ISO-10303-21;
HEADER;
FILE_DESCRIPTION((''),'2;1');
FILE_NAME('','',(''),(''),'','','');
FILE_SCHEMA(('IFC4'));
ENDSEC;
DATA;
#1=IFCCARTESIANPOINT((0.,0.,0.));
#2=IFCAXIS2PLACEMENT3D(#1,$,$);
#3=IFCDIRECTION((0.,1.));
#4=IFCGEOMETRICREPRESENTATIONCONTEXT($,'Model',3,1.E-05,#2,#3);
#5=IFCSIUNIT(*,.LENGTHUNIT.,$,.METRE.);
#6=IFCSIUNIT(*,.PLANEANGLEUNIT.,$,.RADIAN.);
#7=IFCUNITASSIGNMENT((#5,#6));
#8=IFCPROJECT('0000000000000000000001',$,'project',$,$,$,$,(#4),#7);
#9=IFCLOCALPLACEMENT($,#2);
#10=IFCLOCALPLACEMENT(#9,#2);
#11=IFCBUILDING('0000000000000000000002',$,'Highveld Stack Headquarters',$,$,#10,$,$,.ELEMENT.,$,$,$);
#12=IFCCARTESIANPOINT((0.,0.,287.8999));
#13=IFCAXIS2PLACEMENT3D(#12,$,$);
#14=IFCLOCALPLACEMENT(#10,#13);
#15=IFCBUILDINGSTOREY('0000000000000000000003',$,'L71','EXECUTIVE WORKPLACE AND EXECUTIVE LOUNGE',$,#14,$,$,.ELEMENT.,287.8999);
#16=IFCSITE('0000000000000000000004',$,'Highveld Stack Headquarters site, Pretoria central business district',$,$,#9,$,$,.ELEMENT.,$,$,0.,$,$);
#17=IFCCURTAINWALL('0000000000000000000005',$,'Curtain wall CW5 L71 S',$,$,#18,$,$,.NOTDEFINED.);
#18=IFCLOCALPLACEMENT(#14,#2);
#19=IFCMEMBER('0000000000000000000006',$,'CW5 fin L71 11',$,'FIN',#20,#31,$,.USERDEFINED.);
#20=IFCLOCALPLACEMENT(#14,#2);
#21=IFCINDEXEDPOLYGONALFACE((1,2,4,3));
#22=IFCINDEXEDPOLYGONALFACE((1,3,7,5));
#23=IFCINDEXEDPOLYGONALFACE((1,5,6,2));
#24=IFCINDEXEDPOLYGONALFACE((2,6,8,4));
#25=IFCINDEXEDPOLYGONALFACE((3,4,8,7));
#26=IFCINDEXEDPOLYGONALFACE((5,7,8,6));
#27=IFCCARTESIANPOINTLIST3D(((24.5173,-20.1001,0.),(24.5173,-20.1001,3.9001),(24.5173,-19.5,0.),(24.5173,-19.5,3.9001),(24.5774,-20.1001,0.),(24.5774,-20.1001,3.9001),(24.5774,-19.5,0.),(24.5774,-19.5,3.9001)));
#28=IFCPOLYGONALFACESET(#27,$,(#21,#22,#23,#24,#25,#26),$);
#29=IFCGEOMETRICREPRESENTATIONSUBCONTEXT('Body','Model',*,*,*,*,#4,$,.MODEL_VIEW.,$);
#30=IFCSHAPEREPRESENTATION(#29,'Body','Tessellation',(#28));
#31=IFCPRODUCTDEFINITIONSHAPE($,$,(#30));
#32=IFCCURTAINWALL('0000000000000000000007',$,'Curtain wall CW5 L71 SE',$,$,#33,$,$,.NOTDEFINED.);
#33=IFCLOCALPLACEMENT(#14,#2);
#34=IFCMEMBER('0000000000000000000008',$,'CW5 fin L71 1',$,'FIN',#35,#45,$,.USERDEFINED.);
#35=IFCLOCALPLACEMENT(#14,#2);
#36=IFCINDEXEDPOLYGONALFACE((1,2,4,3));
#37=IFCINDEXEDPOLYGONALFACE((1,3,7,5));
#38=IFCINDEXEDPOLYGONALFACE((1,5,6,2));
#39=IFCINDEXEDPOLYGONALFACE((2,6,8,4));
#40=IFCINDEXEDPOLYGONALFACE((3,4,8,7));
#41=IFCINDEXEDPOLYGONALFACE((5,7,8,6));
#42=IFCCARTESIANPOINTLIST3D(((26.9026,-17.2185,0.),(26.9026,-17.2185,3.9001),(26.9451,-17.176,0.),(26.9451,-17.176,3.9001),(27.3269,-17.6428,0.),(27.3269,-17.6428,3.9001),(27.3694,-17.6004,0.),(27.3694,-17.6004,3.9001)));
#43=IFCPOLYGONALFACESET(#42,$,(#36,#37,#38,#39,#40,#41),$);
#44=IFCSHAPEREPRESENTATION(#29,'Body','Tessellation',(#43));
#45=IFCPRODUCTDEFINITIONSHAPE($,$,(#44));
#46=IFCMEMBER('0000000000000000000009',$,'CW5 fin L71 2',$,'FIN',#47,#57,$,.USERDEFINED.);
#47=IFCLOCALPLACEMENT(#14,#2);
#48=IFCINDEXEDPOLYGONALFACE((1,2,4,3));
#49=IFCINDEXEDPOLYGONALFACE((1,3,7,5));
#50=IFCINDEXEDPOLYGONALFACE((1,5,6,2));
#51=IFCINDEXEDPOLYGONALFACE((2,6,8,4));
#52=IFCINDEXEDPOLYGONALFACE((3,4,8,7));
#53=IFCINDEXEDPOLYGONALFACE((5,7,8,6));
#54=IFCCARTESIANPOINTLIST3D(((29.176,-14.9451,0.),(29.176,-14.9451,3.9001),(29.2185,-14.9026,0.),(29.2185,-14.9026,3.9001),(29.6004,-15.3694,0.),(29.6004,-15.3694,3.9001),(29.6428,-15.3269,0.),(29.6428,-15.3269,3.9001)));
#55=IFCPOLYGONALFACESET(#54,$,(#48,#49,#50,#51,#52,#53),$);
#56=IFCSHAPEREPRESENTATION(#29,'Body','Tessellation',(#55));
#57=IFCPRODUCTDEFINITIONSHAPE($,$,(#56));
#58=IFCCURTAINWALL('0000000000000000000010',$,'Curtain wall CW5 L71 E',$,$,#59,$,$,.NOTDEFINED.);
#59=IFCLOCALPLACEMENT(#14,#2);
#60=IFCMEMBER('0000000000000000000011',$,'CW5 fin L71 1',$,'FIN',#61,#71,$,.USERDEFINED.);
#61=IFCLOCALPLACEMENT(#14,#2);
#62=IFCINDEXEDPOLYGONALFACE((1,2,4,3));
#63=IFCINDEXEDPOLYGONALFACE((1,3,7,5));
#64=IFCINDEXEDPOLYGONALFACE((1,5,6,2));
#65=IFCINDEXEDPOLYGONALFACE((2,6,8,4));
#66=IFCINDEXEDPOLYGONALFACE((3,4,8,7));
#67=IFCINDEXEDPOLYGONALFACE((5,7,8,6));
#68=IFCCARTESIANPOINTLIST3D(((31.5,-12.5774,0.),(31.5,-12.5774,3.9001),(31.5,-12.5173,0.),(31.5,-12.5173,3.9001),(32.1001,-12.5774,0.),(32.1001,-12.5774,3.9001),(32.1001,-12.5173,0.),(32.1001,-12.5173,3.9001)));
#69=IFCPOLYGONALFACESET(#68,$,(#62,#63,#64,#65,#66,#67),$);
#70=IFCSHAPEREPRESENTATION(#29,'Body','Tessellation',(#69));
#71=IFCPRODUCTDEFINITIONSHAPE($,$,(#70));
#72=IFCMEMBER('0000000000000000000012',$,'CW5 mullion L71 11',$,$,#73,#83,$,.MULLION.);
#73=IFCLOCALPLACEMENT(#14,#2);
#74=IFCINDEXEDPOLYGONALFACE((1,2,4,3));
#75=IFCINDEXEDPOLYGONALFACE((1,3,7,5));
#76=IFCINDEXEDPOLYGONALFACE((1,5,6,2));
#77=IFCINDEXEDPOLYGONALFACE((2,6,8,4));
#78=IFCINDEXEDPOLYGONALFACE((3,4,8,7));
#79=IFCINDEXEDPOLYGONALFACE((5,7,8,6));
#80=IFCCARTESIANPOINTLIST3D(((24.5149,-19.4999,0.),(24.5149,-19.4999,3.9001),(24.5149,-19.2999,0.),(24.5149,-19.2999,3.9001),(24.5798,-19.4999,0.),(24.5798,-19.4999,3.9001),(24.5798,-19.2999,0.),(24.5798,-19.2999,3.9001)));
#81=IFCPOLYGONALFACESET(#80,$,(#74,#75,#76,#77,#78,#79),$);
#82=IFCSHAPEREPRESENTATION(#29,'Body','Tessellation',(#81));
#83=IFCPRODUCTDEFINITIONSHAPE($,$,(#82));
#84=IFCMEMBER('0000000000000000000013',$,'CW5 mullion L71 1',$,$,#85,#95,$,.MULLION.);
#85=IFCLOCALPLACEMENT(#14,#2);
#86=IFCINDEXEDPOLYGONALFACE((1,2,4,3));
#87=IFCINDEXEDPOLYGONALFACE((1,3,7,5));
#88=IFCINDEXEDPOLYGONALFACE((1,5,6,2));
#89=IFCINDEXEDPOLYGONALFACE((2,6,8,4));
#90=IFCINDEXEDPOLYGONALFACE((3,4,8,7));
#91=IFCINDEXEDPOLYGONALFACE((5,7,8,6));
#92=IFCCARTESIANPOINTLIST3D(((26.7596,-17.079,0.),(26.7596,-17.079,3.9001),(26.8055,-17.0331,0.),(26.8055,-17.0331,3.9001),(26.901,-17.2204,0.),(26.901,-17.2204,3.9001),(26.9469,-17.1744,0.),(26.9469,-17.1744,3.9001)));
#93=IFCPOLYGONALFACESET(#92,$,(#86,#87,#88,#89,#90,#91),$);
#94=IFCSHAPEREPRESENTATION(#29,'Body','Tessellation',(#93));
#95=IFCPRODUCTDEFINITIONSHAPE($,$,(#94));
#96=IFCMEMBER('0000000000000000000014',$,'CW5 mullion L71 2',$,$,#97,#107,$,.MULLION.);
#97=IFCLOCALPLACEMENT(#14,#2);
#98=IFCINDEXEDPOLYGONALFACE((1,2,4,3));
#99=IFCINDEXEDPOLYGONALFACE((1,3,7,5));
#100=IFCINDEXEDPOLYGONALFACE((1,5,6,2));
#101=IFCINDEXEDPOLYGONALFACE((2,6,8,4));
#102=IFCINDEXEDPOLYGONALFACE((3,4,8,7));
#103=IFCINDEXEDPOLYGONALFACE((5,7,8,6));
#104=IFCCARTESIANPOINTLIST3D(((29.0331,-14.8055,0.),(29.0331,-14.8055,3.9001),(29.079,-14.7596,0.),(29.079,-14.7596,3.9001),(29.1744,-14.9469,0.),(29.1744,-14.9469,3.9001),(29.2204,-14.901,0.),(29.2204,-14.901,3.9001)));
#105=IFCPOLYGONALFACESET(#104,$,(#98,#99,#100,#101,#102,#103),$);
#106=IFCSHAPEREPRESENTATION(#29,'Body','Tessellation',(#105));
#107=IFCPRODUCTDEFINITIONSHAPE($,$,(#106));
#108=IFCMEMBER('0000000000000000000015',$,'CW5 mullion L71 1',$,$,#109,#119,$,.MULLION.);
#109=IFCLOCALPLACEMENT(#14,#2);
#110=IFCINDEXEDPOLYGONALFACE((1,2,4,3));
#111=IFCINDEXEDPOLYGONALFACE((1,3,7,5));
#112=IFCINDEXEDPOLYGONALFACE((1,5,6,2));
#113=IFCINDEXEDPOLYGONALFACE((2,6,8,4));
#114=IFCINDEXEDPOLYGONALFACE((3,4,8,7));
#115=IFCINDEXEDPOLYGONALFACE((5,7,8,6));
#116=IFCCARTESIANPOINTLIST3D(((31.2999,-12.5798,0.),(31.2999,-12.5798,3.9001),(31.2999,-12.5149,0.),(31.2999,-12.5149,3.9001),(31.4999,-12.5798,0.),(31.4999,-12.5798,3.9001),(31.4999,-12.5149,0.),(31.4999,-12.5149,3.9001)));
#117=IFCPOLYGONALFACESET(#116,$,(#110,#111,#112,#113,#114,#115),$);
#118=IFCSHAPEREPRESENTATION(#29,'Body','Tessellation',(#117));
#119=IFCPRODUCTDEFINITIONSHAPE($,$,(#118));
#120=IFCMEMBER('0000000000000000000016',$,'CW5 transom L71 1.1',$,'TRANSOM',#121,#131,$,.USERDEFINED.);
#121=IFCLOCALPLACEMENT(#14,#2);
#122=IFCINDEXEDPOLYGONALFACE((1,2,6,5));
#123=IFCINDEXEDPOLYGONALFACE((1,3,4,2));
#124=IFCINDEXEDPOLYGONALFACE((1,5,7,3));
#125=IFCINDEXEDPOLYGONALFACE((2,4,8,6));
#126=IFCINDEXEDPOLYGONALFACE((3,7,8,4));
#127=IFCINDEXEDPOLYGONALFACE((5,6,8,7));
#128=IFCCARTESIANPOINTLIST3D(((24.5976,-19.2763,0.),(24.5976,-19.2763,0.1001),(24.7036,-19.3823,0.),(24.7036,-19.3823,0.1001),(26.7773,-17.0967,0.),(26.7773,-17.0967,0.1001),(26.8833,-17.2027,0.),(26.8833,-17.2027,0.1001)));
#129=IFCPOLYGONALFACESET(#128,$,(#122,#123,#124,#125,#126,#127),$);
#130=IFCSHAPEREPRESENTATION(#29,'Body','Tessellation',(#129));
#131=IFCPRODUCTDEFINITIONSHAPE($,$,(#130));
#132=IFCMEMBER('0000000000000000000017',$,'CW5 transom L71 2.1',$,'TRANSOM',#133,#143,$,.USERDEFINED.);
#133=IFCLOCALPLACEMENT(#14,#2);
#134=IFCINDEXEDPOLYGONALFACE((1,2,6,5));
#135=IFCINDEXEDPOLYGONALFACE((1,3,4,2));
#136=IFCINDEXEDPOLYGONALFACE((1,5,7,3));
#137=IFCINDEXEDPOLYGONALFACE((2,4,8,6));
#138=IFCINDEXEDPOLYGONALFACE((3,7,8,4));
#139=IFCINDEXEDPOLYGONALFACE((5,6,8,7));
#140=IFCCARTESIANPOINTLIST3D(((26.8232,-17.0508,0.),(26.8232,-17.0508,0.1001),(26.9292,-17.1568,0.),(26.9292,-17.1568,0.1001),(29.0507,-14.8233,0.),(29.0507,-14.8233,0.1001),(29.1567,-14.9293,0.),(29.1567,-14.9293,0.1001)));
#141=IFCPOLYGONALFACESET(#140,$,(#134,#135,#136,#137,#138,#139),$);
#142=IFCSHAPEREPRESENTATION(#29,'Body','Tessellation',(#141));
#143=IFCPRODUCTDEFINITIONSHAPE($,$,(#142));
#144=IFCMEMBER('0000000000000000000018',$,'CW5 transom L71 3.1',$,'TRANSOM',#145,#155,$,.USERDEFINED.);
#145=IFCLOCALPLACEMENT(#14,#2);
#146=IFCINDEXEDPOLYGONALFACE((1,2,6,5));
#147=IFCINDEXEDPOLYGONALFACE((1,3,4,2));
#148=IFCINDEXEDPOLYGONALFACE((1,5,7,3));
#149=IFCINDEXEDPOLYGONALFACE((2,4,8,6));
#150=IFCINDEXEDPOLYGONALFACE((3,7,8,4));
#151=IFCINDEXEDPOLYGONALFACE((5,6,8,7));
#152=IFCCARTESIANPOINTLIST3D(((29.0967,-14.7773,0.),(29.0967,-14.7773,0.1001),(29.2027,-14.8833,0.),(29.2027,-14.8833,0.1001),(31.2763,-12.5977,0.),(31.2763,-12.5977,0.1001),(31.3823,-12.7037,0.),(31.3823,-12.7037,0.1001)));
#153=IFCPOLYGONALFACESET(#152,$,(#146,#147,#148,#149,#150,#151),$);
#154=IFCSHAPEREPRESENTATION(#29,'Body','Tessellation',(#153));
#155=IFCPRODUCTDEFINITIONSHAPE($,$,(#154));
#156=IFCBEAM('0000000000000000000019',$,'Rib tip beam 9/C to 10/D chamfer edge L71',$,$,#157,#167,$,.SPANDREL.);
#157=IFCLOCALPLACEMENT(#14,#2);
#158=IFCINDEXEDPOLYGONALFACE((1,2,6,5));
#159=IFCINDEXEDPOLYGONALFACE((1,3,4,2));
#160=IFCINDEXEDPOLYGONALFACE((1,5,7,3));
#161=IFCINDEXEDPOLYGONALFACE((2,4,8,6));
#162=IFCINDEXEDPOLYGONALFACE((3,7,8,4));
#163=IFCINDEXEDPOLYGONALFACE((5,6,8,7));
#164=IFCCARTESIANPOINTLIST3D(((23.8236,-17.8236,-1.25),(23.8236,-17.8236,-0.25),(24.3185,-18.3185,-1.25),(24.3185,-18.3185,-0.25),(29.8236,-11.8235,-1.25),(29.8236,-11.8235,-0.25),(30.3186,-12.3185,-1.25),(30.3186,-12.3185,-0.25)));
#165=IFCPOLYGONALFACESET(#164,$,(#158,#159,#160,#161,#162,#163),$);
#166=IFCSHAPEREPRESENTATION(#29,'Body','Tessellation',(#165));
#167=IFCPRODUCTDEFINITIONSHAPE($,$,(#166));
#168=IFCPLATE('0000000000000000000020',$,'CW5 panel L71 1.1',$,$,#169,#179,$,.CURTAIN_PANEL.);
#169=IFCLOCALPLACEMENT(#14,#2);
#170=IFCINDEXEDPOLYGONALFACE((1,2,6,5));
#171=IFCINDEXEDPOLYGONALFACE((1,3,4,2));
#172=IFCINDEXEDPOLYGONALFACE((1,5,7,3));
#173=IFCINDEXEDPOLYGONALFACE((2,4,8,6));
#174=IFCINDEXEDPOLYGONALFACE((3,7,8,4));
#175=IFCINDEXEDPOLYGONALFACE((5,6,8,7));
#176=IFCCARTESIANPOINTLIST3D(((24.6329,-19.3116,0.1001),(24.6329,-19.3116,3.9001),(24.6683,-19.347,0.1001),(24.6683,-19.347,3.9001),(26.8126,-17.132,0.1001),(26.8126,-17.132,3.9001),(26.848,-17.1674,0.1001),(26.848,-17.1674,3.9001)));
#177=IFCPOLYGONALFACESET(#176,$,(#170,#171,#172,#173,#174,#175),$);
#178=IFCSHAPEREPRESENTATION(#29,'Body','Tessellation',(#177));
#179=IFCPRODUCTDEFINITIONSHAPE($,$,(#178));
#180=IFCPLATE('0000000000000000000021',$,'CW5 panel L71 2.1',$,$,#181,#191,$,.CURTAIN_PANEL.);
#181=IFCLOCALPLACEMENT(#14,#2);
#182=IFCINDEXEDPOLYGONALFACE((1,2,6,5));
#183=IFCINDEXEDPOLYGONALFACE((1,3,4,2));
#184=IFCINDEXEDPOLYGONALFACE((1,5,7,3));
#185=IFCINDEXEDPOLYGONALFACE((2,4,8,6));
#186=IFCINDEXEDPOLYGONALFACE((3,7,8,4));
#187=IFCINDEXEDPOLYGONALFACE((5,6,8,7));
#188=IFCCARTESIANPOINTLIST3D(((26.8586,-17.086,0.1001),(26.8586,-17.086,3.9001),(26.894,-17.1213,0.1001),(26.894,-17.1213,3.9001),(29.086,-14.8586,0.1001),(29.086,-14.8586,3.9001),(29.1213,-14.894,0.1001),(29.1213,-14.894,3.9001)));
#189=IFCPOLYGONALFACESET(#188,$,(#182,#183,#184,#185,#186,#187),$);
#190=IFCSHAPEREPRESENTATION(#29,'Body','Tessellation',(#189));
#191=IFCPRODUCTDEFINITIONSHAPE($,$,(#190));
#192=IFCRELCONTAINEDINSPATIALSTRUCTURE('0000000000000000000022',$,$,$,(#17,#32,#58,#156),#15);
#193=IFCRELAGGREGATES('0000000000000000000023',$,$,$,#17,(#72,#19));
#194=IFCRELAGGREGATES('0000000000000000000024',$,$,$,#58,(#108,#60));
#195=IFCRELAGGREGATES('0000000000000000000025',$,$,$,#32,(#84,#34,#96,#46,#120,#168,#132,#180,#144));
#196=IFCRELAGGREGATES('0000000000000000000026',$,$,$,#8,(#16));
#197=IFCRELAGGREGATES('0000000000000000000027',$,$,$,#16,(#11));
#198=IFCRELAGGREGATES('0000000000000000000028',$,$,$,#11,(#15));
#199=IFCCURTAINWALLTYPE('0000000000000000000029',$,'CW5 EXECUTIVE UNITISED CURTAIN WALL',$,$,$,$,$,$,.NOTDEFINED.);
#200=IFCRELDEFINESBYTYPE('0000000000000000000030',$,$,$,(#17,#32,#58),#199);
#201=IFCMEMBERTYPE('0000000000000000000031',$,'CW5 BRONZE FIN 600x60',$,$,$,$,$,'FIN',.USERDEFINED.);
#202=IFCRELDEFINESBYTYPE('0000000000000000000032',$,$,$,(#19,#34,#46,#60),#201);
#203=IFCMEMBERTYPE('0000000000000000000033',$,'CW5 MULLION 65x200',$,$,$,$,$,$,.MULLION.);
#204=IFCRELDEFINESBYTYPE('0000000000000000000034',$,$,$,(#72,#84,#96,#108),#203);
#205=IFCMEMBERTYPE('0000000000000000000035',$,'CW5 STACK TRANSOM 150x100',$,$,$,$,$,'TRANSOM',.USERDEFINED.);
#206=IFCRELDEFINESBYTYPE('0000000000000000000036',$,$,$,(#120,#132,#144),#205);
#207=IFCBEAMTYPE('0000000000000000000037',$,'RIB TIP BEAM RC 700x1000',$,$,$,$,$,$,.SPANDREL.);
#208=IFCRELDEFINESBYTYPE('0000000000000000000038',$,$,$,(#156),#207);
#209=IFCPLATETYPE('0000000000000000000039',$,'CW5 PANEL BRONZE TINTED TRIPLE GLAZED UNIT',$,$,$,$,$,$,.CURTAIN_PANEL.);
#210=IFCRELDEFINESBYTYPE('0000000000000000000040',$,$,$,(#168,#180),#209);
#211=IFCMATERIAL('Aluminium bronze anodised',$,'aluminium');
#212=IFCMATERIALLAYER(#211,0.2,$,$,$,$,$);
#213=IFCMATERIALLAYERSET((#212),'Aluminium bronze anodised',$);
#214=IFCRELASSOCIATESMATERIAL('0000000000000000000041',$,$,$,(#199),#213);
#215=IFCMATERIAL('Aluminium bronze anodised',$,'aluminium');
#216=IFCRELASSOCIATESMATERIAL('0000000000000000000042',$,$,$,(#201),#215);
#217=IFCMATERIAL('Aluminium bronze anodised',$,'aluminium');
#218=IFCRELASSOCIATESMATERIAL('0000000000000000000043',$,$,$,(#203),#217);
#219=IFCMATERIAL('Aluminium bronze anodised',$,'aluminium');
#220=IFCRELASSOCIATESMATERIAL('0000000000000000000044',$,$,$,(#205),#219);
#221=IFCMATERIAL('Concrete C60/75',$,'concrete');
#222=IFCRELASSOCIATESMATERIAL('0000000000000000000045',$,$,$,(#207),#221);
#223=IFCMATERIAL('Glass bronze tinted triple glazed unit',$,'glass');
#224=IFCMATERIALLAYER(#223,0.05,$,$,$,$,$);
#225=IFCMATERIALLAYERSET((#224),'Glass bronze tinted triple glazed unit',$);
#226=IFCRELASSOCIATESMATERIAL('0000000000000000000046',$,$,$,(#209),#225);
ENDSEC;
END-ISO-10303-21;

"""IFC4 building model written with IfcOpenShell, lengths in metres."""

from ifc_helpers import new_model, si_unit, direction, frame, origin, origin_2d, place, context, subcontext, project, spatial, rectangle, extrude, material, layer, layer_set, material_profile, profile_set, type_object, element, aggregate, save


model = new_model("IFC4")

# Units and contexts
model_context = context("Model", 3, precision=1e-05, world=origin(), true_north=direction((0.0, 1.0)))
body_context = subcontext(model_context, "Body", "Model", "MODEL_VIEW")
ifc_project = project(units=[si_unit("LENGTHUNIT", "METRE"), si_unit("PLANEANGLEUNIT", "RADIAN")], contexts=[model_context])

# Site, building, storey
site_placement = place(None, origin())
site = spatial("IfcSite", under=ifc_project, at=site_placement, Name="Highveld Stack Headquarters site, Pretoria central business district", CompositionType="ELEMENT", RefElevation=0.0)
building_placement = place(site_placement, origin())
building = spatial("IfcBuilding", under=site, at=building_placement, Name="Highveld Stack Headquarters", CompositionType="ELEMENT")
storey_placement = place(building_placement, frame((0.0, 0.0, 287.8999)))
storey = spatial("IfcBuildingStorey", under=building, at=storey_placement, Name="L71", Description="EXECUTIVE WORKPLACE AND EXECUTIVE LOUNGE", CompositionType="ELEMENT", Elevation=287.8999)

# Curtain wall, member
ifc_material_1 = material(Name="Aluminium bronze anodised", Category="aluminium")
ifc_layer_1 = layer(ifc_material_1, 0.2)
ifc_layer_set_1 = layer_set([ifc_layer_1], Name="Aluminium bronze anodised")
curtain_wall_type = type_object("IfcCurtainWallType", Name="CW5 EXECUTIVE UNITISED CURTAIN WALL", PredefinedType="NOTDEFINED", material=ifc_layer_set_1)
curtain_wall_1_placement = place(storey_placement, origin())
curtain_wall_1 = element("IfcCurtainWall", 1, at=curtain_wall_1_placement, inside=storey, type_object=curtain_wall_type, Name="Curtain wall CW5 L71 S", PredefinedType="NOTDEFINED")
ifc_material_2 = material(Name="Aluminium bronze anodised", Category="aluminium")
ifc_material_profile_1 = material_profile(ifc_material_2, rectangle(XDim=0.6001, YDim=0.0601, at=origin_2d()), Name="FIN 600x60")
ifc_profile_set_1 = profile_set([ifc_material_profile_1], Name="Aluminium bronze anodised")
member_type_1 = type_object("IfcMemberType", Name="CW5 BRONZE FIN 600x60", ElementType="FIN", PredefinedType="USERDEFINED", material=ifc_profile_set_1)
member_1_placement = place(storey_placement, frame((24.5474, -19.8, 0.0), z_axis=(0.0, 0.0, 1.0), x_axis=(0.0, 1.0, 0.0)))
member_1 = element("IfcMember", 2, at=member_1_placement, type_object=member_type_1, Name="CW5 fin L71 11", ObjectType="FIN", PredefinedType="USERDEFINED", context=body_context, shape_type="SweptSolid", body=[
    extrude(rectangle(XDim=0.6001, YDim=0.0601, at=origin_2d()), origin(), (0.0, 0.0, 1.0), 3.9001),
])

# Curtain wall, members
curtain_wall_2_placement = place(storey_placement, origin())
curtain_wall_2 = element("IfcCurtainWall", 3, at=curtain_wall_2_placement, inside=storey, type_object=curtain_wall_type, Name="Curtain wall CW5 L71 SE", PredefinedType="NOTDEFINED")
member_2_placement = place(storey_placement, frame((27.136, -17.4094, 0.0), z_axis=(0.0, 0.0, 1.0), x_axis=(-0.707107, 0.707107, 0.0)))
member_2 = element("IfcMember", 4, at=member_2_placement, type_object=member_type_1, Name="CW5 fin L71 1", ObjectType="FIN", PredefinedType="USERDEFINED", context=body_context, shape_type="SweptSolid", body=[
    extrude(rectangle(XDim=0.6001, YDim=0.0601, at=origin_2d()), origin(), (0.0, 0.0, 1.0), 3.9001),
])
member_3_placement = place(storey_placement, frame((29.4094, -15.136, 0.0), z_axis=(0.0, 0.0, 1.0), x_axis=(-0.707107, 0.707107, 0.0)))
member_3 = element("IfcMember", 5, at=member_3_placement, type_object=member_type_1, Name="CW5 fin L71 2", ObjectType="FIN", PredefinedType="USERDEFINED", context=body_context, shape_type="SweptSolid", body=[
    extrude(rectangle(XDim=0.6001, YDim=0.0601, at=origin_2d()), origin(), (0.0, 0.0, 1.0), 3.9001),
])

# Curtain wall, member
curtain_wall_3_placement = place(storey_placement, origin())
curtain_wall_3 = element("IfcCurtainWall", 6, at=curtain_wall_3_placement, inside=storey, type_object=curtain_wall_type, Name="Curtain wall CW5 L71 E", PredefinedType="NOTDEFINED")
member_4_placement = place(storey_placement, frame((31.8, -12.5474, 0.0), z_axis=(0.0, 0.0, 1.0), x_axis=(-1.0, 0.0, 0.0)))
member_4 = element("IfcMember", 7, at=member_4_placement, type_object=member_type_1, Name="CW5 fin L71 1", ObjectType="FIN", PredefinedType="USERDEFINED", context=body_context, shape_type="SweptSolid", body=[
    extrude(rectangle(XDim=0.6001, YDim=0.0601, at=origin_2d()), origin(), (0.0, 0.0, 1.0), 3.9001),
])

# Members
ifc_material_3 = material(Name="Aluminium bronze anodised", Category="aluminium")
ifc_material_profile_2 = material_profile(ifc_material_3, rectangle(XDim=0.2, YDim=0.0649, at=origin_2d()), Name="CW5 MULLION 65x200")
ifc_profile_set_2 = profile_set([ifc_material_profile_2], Name="Aluminium bronze anodised")
member_type_2 = type_object("IfcMemberType", Name="CW5 MULLION 65x200", PredefinedType="MULLION", material=ifc_profile_set_2)
member_5_placement = place(storey_placement, frame((24.5474, -19.3999, 0.0), z_axis=(0.0, 0.0, 1.0), x_axis=(0.0, 1.0, 0.0)))
member_5 = element("IfcMember", 8, at=member_5_placement, type_object=member_type_2, Name="CW5 mullion L71 11", PredefinedType="MULLION", context=body_context, shape_type="SweptSolid", body=[
    extrude(rectangle(XDim=0.2, YDim=0.0649, at=origin_2d()), origin(), (0.0, 0.0, 1.0), 3.9001),
])
aggregate(curtain_wall_1, [member_5, member_1])
member_6_placement = place(storey_placement, frame((26.8533, -17.1267, 0.0), z_axis=(0.0, 0.0, 1.0), x_axis=(-0.707107, 0.707107, 0.0)))
member_6 = element("IfcMember", 9, at=member_6_placement, type_object=member_type_2, Name="CW5 mullion L71 1", PredefinedType="MULLION", context=body_context, shape_type="SweptSolid", body=[
    extrude(rectangle(XDim=0.2, YDim=0.0649, at=origin_2d()), origin(), (0.0, 0.0, 1.0), 3.9001),
])
member_7_placement = place(storey_placement, frame((29.1267, -14.8533, 0.0), z_axis=(0.0, 0.0, 1.0), x_axis=(-0.707107, 0.707107, 0.0)))
member_7 = element("IfcMember", 10, at=member_7_placement, type_object=member_type_2, Name="CW5 mullion L71 2", PredefinedType="MULLION", context=body_context, shape_type="SweptSolid", body=[
    extrude(rectangle(XDim=0.2, YDim=0.0649, at=origin_2d()), origin(), (0.0, 0.0, 1.0), 3.9001),
])
member_8_placement = place(storey_placement, frame((31.3999, -12.5474, 0.0), z_axis=(0.0, 0.0, 1.0), x_axis=(-1.0, 0.0, 0.0)))
member_8 = element("IfcMember", 11, at=member_8_placement, type_object=member_type_2, Name="CW5 mullion L71 1", PredefinedType="MULLION", context=body_context, shape_type="SweptSolid", body=[
    extrude(rectangle(XDim=0.2, YDim=0.0649, at=origin_2d()), origin(), (0.0, 0.0, 1.0), 3.9001),
])
aggregate(curtain_wall_3, [member_8, member_4])
ifc_material_4 = material(Name="Aluminium bronze anodised", Category="aluminium")
ifc_material_profile_3 = material_profile(ifc_material_4, rectangle(XDim=0.1499, YDim=0.1001, at=origin_2d()), Name="CW5 TRANSOM 150x100")
ifc_profile_set_3 = profile_set([ifc_material_profile_3], Name="Aluminium bronze anodised")
member_type_3 = type_object("IfcMemberType", Name="CW5 STACK TRANSOM 150x100", ElementType="TRANSOM", PredefinedType="USERDEFINED", material=ifc_profile_set_3)
member_9_placement = place(storey_placement, frame((24.6506, -19.3293, 0.05), z_axis=(0.707107, 0.707107, 0.0), x_axis=(-0.707107, 0.707107, 0.0)))
member_9 = element("IfcMember", 12, at=member_9_placement, type_object=member_type_3, Name="CW5 transom L71 1.1", ObjectType="TRANSOM", PredefinedType="USERDEFINED", context=body_context, shape_type="SweptSolid", body=[
    extrude(rectangle(XDim=0.1499, YDim=0.1001, at=origin_2d()), origin(), (0.0, 0.0, 1.0), 3.0825),
])
member_10_placement = place(storey_placement, frame((26.8762, -17.1038, 0.05), z_axis=(0.707107, 0.707107, 0.0), x_axis=(-0.707107, 0.707107, 0.0)))
member_10 = element("IfcMember", 13, at=member_10_placement, type_object=member_type_3, Name="CW5 transom L71 2.1", ObjectType="TRANSOM", PredefinedType="USERDEFINED", context=body_context, shape_type="SweptSolid", body=[
    extrude(rectangle(XDim=0.1499, YDim=0.1001, at=origin_2d()), origin(), (0.0, 0.0, 1.0), 3.1501),
])
member_11_placement = place(storey_placement, frame((29.1497, -14.8303, 0.05), z_axis=(0.707107, 0.707107, 0.0), x_axis=(-0.707107, 0.707107, 0.0)))
member_11 = element("IfcMember", 14, at=member_11_placement, type_object=member_type_3, Name="CW5 transom L71 3.1", ObjectType="TRANSOM", PredefinedType="USERDEFINED", context=body_context, shape_type="SweptSolid", body=[
    extrude(rectangle(XDim=0.1499, YDim=0.1001, at=origin_2d()), origin(), (0.0, 0.0, 1.0), 3.0825),
])

# Beam
ifc_material_5 = material(Name="Concrete C60/75", Category="concrete")
ifc_material_profile_4 = material_profile(ifc_material_5, rectangle(XDim=0.7, YDim=1.0, at=origin_2d()), Name="RC 700x1000")
ifc_profile_set_4 = profile_set([ifc_material_profile_4], Name="Concrete C60/75")
beam_type = type_object("IfcBeamType", Name="RIB TIP BEAM RC 700x1000", PredefinedType="SPANDREL", material=ifc_profile_set_4)
beam_placement = place(storey_placement, frame((24.071, -18.071, -0.75), z_axis=(0.707107, 0.707107, 0.0), x_axis=(-0.707107, 0.707107, 0.0)))
element("IfcBeam", 15, at=beam_placement, inside=storey, type_object=beam_type, Name="Rib tip beam 9/C to 10/D chamfer edge L71", PredefinedType="SPANDREL", context=body_context, shape_type="SweptSolid", body=[
    extrude(rectangle(XDim=0.7, YDim=1.0, at=origin_2d()), origin(), (0.0, 0.0, 1.0), 8.4854),
])

# Plates
ifc_material_6 = material(Name="Glass bronze tinted triple glazed unit", Category="glass")
ifc_layer_2 = layer(ifc_material_6, 0.05)
ifc_layer_set_2 = layer_set([ifc_layer_2], Name="Glass bronze tinted triple glazed unit")
plate_type = type_object("IfcPlateType", Name="CW5 PANEL BRONZE TINTED TRIPLE GLAZED UNIT", PredefinedType="CURTAIN_PANEL", material=ifc_layer_set_2)
plate_1_placement = place(storey_placement, frame((25.7405, -18.2395, 0.1001), z_axis=(0.0, 0.0, 1.0), x_axis=(0.707107, 0.707107, 0.0)))
plate_1 = element("IfcPlate", 16, at=plate_1_placement, type_object=plate_type, Name="CW5 panel L71 1.1", PredefinedType="CURTAIN_PANEL", context=body_context, shape_type="SweptSolid", body=[
    extrude(rectangle(XDim=3.0825, YDim=0.05, at=origin_2d()), origin(), (0.0, 0.0, 1.0), 3.8),
])
plate_2_placement = place(storey_placement, frame((27.99, -15.99, 0.1001), z_axis=(0.0, 0.0, 1.0), x_axis=(0.707107, 0.707107, 0.0)))
plate_2 = element("IfcPlate", 17, at=plate_2_placement, type_object=plate_type, Name="CW5 panel L71 2.1", PredefinedType="CURTAIN_PANEL", context=body_context, shape_type="SweptSolid", body=[
    extrude(rectangle(XDim=3.1499, YDim=0.05, at=origin_2d()), origin(), (0.0, 0.0, 1.0), 3.8),
])
aggregate(curtain_wall_2, [member_6, member_2, member_7, member_3, member_9, plate_1, member_10, plate_2, member_11])

save(model, "model.ifc")
